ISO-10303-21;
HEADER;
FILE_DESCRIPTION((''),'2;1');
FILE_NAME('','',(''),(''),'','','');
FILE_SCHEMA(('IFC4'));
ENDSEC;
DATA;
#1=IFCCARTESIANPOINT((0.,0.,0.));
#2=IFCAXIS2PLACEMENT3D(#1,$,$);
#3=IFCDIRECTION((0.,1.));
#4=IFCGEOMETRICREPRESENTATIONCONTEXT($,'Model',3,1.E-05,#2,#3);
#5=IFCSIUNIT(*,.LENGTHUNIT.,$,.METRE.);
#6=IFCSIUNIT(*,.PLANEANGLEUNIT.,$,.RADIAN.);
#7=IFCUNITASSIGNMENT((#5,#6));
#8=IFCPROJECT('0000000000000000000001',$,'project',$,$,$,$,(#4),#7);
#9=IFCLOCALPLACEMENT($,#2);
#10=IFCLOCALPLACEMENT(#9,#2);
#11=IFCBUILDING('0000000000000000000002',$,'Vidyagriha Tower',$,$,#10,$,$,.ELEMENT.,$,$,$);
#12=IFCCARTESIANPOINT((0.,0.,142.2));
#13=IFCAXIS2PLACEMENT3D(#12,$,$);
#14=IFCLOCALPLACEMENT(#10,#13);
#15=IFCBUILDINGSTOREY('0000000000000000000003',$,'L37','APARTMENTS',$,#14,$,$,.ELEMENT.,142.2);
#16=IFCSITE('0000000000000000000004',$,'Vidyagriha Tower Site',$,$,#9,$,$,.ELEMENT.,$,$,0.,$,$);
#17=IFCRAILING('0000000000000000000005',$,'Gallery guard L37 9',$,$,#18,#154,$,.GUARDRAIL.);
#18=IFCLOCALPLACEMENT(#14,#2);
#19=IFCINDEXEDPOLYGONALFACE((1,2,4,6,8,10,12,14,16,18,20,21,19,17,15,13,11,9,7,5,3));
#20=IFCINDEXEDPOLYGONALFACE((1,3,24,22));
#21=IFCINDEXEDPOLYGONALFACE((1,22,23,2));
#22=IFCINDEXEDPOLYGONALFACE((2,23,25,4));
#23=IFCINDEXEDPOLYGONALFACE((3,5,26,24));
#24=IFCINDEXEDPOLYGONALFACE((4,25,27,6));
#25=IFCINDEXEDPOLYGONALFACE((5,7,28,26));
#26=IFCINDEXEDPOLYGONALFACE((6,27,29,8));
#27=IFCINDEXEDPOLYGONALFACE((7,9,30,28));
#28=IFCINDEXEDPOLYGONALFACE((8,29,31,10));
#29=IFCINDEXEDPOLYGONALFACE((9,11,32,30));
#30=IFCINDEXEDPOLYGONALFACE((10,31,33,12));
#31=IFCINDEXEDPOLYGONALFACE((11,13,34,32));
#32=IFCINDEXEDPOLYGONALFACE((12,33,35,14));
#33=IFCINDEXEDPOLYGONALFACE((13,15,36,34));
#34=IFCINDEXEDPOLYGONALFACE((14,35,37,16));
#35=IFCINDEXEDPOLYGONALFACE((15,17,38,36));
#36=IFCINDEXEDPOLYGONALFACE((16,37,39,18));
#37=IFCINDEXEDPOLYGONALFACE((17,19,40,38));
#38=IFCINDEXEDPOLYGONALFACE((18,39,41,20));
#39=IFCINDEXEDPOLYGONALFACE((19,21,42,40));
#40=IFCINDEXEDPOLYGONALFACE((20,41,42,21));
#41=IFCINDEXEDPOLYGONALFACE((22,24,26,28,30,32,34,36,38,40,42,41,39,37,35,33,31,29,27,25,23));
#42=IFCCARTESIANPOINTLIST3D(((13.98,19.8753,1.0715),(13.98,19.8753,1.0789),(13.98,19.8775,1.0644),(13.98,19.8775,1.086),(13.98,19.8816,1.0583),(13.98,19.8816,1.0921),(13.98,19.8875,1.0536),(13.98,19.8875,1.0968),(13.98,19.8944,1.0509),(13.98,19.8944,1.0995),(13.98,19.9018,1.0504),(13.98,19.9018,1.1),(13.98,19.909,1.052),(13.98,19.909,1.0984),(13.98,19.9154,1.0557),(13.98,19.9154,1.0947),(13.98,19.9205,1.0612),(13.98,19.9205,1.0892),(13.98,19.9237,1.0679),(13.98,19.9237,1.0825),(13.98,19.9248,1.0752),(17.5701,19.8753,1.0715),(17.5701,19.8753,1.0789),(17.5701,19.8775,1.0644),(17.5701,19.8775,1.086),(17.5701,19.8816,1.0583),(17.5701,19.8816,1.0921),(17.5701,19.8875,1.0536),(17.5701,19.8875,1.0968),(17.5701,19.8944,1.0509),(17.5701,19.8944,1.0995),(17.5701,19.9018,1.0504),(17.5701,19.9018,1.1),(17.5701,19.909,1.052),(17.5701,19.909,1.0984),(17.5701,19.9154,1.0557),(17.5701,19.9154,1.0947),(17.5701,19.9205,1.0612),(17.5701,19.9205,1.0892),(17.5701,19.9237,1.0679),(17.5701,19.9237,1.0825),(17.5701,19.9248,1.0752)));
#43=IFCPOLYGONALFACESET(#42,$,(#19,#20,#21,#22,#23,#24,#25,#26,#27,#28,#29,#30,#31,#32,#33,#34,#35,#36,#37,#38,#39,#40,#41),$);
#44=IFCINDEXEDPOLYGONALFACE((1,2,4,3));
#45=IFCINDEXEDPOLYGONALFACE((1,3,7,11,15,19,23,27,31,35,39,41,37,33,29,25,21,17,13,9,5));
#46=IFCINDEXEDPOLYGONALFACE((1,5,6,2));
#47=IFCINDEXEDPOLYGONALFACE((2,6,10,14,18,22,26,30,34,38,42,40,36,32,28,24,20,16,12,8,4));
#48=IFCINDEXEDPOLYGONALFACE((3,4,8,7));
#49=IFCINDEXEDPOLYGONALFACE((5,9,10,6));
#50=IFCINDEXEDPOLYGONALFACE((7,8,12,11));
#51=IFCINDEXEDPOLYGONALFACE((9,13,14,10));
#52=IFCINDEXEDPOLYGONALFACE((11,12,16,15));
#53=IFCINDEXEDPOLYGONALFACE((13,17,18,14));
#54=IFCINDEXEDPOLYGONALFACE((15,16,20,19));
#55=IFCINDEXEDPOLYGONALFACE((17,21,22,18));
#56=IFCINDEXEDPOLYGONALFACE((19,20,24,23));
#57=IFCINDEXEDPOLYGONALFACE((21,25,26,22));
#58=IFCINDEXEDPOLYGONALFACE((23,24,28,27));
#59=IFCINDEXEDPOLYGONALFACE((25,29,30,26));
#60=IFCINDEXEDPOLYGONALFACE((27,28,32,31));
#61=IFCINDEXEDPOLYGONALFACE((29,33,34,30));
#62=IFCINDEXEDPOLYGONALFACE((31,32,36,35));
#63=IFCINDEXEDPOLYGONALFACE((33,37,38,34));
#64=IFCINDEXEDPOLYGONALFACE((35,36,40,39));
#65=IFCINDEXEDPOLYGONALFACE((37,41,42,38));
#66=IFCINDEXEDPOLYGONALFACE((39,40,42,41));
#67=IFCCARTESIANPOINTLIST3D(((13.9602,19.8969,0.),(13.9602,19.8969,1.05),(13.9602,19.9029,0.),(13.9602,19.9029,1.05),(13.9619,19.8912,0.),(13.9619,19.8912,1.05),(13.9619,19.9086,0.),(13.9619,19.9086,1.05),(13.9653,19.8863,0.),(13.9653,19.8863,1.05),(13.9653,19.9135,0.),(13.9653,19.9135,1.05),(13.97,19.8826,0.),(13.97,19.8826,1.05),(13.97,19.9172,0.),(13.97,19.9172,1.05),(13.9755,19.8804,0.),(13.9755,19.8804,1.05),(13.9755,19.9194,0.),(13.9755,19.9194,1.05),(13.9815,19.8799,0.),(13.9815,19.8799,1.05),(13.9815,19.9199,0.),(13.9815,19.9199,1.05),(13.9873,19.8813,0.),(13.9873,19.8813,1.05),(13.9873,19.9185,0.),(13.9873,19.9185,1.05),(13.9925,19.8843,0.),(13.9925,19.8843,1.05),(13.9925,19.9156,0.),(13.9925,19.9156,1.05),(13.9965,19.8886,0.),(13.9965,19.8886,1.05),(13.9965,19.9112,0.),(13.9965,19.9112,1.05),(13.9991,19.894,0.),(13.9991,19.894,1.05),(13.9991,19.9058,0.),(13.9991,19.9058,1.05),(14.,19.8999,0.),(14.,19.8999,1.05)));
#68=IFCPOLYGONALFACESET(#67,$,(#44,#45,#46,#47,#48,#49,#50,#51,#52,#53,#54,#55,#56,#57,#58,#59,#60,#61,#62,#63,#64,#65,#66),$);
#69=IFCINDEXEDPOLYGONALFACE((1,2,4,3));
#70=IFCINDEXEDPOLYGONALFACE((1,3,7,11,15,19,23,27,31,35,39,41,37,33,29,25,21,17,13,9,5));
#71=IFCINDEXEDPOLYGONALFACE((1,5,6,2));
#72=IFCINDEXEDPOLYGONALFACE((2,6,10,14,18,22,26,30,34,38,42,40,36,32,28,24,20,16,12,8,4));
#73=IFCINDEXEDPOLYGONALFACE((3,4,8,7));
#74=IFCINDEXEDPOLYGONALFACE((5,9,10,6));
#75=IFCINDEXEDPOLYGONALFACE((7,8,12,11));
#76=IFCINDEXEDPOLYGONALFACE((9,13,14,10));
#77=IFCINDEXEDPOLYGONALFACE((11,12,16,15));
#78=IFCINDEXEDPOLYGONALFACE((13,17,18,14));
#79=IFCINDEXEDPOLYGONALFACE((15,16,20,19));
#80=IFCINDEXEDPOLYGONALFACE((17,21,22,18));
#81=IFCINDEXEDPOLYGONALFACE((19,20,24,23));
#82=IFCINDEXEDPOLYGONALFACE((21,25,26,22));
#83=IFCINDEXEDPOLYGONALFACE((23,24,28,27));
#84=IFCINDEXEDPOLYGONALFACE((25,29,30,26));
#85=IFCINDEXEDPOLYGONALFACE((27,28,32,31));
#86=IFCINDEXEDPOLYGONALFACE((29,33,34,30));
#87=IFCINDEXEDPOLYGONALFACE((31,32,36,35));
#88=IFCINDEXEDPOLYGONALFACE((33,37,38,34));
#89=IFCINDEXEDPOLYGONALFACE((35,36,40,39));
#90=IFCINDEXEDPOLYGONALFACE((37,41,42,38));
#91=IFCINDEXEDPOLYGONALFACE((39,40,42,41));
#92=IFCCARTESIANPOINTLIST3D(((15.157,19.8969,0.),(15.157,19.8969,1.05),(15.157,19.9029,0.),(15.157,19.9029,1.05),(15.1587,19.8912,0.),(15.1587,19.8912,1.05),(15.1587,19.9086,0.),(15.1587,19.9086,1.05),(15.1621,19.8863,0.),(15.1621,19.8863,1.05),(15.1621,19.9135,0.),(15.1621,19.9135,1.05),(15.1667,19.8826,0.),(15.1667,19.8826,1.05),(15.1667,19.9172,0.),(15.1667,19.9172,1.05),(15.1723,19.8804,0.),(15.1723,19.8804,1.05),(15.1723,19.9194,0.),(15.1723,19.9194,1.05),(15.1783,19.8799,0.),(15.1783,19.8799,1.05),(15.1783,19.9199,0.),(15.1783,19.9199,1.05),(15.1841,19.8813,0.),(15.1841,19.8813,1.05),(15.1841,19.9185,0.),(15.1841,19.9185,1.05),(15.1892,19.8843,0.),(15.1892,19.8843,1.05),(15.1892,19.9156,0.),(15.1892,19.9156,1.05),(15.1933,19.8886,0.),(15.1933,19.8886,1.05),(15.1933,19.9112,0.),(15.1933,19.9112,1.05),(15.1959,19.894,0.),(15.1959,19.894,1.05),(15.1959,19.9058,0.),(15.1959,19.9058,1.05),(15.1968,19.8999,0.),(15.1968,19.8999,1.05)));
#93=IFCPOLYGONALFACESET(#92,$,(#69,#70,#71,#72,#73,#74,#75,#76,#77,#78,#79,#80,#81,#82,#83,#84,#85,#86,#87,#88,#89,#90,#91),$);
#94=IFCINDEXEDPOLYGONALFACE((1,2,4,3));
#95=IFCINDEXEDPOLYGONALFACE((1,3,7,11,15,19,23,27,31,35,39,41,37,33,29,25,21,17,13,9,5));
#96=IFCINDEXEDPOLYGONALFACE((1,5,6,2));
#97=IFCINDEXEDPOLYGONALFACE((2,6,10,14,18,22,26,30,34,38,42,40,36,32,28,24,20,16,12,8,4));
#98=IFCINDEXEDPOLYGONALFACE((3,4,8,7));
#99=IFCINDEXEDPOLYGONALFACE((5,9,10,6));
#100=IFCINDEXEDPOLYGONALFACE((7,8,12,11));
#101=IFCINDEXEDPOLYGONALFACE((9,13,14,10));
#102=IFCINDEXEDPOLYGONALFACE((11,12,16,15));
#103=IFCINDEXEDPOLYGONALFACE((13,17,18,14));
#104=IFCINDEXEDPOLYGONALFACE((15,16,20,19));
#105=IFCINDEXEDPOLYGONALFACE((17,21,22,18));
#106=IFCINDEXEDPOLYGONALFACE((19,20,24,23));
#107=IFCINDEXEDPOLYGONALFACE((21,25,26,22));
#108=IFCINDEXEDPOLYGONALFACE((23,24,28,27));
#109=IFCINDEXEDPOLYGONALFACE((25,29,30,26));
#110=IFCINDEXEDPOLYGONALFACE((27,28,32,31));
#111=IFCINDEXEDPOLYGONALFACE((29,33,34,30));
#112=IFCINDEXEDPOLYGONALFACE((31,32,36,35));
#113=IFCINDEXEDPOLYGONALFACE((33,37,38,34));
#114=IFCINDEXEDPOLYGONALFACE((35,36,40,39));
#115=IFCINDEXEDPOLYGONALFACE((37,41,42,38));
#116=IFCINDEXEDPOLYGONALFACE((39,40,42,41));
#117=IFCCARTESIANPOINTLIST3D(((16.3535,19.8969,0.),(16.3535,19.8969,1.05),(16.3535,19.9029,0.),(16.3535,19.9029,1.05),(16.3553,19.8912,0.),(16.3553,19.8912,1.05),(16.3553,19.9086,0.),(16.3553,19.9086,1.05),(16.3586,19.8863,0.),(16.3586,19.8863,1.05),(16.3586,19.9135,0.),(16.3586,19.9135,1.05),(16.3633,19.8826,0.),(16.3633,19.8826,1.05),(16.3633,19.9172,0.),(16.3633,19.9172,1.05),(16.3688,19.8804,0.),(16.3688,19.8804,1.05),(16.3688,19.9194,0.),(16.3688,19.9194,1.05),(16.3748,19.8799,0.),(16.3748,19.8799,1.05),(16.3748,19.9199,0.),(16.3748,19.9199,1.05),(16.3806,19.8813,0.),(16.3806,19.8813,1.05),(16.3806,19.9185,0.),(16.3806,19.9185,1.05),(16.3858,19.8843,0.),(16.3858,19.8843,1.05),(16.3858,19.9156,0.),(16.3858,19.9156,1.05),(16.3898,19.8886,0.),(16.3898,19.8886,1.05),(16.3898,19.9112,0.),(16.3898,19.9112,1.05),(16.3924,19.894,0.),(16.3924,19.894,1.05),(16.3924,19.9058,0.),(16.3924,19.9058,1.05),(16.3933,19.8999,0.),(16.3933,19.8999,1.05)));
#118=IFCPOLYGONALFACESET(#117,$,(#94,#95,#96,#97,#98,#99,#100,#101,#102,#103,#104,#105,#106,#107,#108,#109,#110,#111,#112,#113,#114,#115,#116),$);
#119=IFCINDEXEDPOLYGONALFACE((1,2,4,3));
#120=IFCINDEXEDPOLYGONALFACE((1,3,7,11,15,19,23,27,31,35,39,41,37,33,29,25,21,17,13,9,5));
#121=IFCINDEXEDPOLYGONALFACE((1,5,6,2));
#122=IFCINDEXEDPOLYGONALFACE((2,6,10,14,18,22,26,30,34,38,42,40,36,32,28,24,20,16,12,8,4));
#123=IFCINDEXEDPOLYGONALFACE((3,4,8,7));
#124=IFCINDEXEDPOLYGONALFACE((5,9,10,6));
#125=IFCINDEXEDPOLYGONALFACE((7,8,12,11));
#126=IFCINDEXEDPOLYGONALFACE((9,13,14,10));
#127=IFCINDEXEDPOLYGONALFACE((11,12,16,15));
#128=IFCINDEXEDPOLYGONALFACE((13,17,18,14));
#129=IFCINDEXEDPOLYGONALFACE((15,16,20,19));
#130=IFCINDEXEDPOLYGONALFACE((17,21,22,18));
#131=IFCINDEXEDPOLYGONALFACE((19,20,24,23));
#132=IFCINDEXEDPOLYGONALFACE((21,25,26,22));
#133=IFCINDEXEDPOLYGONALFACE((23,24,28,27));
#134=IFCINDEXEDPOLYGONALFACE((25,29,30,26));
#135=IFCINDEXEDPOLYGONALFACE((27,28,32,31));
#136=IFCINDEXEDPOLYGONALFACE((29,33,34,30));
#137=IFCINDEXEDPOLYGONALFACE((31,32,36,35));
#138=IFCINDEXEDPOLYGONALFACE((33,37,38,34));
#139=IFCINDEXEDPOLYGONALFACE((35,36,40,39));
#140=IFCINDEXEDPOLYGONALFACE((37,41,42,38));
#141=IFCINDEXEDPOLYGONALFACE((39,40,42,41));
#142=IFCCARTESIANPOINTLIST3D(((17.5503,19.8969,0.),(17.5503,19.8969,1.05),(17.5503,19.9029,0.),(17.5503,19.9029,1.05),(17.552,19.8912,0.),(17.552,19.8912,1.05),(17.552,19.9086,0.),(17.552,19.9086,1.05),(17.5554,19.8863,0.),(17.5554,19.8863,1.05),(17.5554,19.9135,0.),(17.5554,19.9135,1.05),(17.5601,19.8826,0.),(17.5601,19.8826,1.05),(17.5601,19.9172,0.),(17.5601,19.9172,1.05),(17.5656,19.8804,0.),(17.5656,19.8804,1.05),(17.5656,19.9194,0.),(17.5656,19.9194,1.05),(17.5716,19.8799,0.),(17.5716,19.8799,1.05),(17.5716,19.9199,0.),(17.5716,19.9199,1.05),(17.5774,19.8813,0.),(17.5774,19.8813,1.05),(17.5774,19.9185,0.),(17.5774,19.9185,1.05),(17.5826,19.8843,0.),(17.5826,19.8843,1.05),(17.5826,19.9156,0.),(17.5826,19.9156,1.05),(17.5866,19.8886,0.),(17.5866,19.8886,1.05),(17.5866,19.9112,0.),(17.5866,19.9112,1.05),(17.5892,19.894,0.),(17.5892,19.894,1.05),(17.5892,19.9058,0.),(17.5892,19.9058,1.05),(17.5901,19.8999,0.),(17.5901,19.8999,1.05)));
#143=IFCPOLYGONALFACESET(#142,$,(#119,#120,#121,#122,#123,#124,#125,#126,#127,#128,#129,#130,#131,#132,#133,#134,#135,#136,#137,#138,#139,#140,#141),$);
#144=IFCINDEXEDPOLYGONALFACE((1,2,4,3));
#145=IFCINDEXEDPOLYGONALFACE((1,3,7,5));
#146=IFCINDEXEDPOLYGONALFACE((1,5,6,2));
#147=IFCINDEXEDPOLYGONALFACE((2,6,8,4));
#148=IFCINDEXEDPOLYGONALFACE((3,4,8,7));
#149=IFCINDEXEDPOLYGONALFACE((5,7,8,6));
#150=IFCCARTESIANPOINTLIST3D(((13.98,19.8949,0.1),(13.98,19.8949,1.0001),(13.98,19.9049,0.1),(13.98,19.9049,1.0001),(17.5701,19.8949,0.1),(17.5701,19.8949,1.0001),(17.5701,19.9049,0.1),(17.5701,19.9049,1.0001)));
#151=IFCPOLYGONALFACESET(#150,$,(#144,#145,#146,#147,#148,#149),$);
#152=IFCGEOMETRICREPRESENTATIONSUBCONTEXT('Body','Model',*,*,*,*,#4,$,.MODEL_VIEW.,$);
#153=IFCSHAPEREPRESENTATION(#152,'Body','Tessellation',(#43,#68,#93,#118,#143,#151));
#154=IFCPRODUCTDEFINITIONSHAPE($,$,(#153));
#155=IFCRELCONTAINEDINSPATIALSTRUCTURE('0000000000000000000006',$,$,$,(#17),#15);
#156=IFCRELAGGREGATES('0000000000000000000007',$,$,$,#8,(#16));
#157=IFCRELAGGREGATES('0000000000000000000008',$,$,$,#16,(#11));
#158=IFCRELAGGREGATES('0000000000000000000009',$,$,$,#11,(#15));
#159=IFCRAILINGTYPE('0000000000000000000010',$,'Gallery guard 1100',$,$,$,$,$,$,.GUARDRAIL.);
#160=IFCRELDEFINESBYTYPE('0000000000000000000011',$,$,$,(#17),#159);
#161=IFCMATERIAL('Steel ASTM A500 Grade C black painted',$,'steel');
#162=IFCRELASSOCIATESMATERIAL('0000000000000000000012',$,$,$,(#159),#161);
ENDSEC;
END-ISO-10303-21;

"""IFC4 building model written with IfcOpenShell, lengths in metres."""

from ifc_helpers import new_model, si_unit, direction, frame, origin, origin_2d, place, context, subcontext, project, spatial, rectangle, circle, extrude, material, type_object, element, save


model = new_model("IFC4")

# Units and contexts
model_context = context("Model", 3, precision=1e-05, world=origin(), true_north=direction((0.0, 1.0)))
body_context = subcontext(model_context, "Body", "Model", "MODEL_VIEW")
ifc_project = project(units=[si_unit("LENGTHUNIT", "METRE"), si_unit("PLANEANGLEUNIT", "RADIAN")], contexts=[model_context])

# Site, building, storey
site_placement = place(None, origin())
site = spatial("IfcSite", under=ifc_project, at=site_placement, Name="Vidyagriha Tower Site", CompositionType="ELEMENT", RefElevation=0.0)
building_placement = place(site_placement, origin())
building = spatial("IfcBuilding", under=site, at=building_placement, Name="Vidyagriha Tower", CompositionType="ELEMENT")
storey_placement = place(building_placement, frame((0.0, 0.0, 142.2)))
storey = spatial("IfcBuildingStorey", under=building, at=storey_placement, Name="L37", Description="APARTMENTS", CompositionType="ELEMENT", Elevation=142.2)

# Railing
ifc_material_1 = material(Name="Steel ASTM A500 Grade C black painted", Category="steel")
railing_type_1 = type_object("IfcRailingType", Name="Gallery guard 1100", PredefinedType="GUARDRAIL", material=ifc_material_1)
railing_1_placement = place(storey_placement, frame((13.98, 19.8999, 0.0)))
element("IfcRailing", 1, at=railing_1_placement, inside=storey, type_object=railing_type_1, Name="Gallery guard L37 9", PredefinedType="GUARDRAIL", context=body_context, shape_type="SweptSolid", body=[
    extrude(circle(Radius=0.0249, at=origin_2d()), frame((0.0, 0.0, 1.0752), z_axis=(1.0, 0.0, 0.0), x_axis=(0.0, 1.0, 0.0)), (0.0, 0.0, 1.0), 3.5901),
    extrude(circle(Radius=0.02, at=origin_2d()), origin(), (0.0, 0.0, 1.0), 1.05),
    extrude(circle(Radius=0.02, at=origin_2d()), frame((1.1968, 0.0, 0.0)), (0.0, 0.0, 1.0), 1.05),
    extrude(circle(Radius=0.02, at=origin_2d()), frame((2.3933, 0.0, 0.0)), (0.0, 0.0, 1.0), 1.05),
    extrude(circle(Radius=0.02, at=origin_2d()), frame((3.5901, 0.0, 0.0)), (0.0, 0.0, 1.0), 1.05),
    extrude(rectangle(XDim=0.01, YDim=0.9001, at=origin_2d()), frame((0.0, 0.0, 0.55), z_axis=(1.0, 0.0, 0.0), x_axis=(0.0, 1.0, 0.0)), (0.0, 0.0, 1.0), 3.5901),
])

save(model, "model.ifc")
